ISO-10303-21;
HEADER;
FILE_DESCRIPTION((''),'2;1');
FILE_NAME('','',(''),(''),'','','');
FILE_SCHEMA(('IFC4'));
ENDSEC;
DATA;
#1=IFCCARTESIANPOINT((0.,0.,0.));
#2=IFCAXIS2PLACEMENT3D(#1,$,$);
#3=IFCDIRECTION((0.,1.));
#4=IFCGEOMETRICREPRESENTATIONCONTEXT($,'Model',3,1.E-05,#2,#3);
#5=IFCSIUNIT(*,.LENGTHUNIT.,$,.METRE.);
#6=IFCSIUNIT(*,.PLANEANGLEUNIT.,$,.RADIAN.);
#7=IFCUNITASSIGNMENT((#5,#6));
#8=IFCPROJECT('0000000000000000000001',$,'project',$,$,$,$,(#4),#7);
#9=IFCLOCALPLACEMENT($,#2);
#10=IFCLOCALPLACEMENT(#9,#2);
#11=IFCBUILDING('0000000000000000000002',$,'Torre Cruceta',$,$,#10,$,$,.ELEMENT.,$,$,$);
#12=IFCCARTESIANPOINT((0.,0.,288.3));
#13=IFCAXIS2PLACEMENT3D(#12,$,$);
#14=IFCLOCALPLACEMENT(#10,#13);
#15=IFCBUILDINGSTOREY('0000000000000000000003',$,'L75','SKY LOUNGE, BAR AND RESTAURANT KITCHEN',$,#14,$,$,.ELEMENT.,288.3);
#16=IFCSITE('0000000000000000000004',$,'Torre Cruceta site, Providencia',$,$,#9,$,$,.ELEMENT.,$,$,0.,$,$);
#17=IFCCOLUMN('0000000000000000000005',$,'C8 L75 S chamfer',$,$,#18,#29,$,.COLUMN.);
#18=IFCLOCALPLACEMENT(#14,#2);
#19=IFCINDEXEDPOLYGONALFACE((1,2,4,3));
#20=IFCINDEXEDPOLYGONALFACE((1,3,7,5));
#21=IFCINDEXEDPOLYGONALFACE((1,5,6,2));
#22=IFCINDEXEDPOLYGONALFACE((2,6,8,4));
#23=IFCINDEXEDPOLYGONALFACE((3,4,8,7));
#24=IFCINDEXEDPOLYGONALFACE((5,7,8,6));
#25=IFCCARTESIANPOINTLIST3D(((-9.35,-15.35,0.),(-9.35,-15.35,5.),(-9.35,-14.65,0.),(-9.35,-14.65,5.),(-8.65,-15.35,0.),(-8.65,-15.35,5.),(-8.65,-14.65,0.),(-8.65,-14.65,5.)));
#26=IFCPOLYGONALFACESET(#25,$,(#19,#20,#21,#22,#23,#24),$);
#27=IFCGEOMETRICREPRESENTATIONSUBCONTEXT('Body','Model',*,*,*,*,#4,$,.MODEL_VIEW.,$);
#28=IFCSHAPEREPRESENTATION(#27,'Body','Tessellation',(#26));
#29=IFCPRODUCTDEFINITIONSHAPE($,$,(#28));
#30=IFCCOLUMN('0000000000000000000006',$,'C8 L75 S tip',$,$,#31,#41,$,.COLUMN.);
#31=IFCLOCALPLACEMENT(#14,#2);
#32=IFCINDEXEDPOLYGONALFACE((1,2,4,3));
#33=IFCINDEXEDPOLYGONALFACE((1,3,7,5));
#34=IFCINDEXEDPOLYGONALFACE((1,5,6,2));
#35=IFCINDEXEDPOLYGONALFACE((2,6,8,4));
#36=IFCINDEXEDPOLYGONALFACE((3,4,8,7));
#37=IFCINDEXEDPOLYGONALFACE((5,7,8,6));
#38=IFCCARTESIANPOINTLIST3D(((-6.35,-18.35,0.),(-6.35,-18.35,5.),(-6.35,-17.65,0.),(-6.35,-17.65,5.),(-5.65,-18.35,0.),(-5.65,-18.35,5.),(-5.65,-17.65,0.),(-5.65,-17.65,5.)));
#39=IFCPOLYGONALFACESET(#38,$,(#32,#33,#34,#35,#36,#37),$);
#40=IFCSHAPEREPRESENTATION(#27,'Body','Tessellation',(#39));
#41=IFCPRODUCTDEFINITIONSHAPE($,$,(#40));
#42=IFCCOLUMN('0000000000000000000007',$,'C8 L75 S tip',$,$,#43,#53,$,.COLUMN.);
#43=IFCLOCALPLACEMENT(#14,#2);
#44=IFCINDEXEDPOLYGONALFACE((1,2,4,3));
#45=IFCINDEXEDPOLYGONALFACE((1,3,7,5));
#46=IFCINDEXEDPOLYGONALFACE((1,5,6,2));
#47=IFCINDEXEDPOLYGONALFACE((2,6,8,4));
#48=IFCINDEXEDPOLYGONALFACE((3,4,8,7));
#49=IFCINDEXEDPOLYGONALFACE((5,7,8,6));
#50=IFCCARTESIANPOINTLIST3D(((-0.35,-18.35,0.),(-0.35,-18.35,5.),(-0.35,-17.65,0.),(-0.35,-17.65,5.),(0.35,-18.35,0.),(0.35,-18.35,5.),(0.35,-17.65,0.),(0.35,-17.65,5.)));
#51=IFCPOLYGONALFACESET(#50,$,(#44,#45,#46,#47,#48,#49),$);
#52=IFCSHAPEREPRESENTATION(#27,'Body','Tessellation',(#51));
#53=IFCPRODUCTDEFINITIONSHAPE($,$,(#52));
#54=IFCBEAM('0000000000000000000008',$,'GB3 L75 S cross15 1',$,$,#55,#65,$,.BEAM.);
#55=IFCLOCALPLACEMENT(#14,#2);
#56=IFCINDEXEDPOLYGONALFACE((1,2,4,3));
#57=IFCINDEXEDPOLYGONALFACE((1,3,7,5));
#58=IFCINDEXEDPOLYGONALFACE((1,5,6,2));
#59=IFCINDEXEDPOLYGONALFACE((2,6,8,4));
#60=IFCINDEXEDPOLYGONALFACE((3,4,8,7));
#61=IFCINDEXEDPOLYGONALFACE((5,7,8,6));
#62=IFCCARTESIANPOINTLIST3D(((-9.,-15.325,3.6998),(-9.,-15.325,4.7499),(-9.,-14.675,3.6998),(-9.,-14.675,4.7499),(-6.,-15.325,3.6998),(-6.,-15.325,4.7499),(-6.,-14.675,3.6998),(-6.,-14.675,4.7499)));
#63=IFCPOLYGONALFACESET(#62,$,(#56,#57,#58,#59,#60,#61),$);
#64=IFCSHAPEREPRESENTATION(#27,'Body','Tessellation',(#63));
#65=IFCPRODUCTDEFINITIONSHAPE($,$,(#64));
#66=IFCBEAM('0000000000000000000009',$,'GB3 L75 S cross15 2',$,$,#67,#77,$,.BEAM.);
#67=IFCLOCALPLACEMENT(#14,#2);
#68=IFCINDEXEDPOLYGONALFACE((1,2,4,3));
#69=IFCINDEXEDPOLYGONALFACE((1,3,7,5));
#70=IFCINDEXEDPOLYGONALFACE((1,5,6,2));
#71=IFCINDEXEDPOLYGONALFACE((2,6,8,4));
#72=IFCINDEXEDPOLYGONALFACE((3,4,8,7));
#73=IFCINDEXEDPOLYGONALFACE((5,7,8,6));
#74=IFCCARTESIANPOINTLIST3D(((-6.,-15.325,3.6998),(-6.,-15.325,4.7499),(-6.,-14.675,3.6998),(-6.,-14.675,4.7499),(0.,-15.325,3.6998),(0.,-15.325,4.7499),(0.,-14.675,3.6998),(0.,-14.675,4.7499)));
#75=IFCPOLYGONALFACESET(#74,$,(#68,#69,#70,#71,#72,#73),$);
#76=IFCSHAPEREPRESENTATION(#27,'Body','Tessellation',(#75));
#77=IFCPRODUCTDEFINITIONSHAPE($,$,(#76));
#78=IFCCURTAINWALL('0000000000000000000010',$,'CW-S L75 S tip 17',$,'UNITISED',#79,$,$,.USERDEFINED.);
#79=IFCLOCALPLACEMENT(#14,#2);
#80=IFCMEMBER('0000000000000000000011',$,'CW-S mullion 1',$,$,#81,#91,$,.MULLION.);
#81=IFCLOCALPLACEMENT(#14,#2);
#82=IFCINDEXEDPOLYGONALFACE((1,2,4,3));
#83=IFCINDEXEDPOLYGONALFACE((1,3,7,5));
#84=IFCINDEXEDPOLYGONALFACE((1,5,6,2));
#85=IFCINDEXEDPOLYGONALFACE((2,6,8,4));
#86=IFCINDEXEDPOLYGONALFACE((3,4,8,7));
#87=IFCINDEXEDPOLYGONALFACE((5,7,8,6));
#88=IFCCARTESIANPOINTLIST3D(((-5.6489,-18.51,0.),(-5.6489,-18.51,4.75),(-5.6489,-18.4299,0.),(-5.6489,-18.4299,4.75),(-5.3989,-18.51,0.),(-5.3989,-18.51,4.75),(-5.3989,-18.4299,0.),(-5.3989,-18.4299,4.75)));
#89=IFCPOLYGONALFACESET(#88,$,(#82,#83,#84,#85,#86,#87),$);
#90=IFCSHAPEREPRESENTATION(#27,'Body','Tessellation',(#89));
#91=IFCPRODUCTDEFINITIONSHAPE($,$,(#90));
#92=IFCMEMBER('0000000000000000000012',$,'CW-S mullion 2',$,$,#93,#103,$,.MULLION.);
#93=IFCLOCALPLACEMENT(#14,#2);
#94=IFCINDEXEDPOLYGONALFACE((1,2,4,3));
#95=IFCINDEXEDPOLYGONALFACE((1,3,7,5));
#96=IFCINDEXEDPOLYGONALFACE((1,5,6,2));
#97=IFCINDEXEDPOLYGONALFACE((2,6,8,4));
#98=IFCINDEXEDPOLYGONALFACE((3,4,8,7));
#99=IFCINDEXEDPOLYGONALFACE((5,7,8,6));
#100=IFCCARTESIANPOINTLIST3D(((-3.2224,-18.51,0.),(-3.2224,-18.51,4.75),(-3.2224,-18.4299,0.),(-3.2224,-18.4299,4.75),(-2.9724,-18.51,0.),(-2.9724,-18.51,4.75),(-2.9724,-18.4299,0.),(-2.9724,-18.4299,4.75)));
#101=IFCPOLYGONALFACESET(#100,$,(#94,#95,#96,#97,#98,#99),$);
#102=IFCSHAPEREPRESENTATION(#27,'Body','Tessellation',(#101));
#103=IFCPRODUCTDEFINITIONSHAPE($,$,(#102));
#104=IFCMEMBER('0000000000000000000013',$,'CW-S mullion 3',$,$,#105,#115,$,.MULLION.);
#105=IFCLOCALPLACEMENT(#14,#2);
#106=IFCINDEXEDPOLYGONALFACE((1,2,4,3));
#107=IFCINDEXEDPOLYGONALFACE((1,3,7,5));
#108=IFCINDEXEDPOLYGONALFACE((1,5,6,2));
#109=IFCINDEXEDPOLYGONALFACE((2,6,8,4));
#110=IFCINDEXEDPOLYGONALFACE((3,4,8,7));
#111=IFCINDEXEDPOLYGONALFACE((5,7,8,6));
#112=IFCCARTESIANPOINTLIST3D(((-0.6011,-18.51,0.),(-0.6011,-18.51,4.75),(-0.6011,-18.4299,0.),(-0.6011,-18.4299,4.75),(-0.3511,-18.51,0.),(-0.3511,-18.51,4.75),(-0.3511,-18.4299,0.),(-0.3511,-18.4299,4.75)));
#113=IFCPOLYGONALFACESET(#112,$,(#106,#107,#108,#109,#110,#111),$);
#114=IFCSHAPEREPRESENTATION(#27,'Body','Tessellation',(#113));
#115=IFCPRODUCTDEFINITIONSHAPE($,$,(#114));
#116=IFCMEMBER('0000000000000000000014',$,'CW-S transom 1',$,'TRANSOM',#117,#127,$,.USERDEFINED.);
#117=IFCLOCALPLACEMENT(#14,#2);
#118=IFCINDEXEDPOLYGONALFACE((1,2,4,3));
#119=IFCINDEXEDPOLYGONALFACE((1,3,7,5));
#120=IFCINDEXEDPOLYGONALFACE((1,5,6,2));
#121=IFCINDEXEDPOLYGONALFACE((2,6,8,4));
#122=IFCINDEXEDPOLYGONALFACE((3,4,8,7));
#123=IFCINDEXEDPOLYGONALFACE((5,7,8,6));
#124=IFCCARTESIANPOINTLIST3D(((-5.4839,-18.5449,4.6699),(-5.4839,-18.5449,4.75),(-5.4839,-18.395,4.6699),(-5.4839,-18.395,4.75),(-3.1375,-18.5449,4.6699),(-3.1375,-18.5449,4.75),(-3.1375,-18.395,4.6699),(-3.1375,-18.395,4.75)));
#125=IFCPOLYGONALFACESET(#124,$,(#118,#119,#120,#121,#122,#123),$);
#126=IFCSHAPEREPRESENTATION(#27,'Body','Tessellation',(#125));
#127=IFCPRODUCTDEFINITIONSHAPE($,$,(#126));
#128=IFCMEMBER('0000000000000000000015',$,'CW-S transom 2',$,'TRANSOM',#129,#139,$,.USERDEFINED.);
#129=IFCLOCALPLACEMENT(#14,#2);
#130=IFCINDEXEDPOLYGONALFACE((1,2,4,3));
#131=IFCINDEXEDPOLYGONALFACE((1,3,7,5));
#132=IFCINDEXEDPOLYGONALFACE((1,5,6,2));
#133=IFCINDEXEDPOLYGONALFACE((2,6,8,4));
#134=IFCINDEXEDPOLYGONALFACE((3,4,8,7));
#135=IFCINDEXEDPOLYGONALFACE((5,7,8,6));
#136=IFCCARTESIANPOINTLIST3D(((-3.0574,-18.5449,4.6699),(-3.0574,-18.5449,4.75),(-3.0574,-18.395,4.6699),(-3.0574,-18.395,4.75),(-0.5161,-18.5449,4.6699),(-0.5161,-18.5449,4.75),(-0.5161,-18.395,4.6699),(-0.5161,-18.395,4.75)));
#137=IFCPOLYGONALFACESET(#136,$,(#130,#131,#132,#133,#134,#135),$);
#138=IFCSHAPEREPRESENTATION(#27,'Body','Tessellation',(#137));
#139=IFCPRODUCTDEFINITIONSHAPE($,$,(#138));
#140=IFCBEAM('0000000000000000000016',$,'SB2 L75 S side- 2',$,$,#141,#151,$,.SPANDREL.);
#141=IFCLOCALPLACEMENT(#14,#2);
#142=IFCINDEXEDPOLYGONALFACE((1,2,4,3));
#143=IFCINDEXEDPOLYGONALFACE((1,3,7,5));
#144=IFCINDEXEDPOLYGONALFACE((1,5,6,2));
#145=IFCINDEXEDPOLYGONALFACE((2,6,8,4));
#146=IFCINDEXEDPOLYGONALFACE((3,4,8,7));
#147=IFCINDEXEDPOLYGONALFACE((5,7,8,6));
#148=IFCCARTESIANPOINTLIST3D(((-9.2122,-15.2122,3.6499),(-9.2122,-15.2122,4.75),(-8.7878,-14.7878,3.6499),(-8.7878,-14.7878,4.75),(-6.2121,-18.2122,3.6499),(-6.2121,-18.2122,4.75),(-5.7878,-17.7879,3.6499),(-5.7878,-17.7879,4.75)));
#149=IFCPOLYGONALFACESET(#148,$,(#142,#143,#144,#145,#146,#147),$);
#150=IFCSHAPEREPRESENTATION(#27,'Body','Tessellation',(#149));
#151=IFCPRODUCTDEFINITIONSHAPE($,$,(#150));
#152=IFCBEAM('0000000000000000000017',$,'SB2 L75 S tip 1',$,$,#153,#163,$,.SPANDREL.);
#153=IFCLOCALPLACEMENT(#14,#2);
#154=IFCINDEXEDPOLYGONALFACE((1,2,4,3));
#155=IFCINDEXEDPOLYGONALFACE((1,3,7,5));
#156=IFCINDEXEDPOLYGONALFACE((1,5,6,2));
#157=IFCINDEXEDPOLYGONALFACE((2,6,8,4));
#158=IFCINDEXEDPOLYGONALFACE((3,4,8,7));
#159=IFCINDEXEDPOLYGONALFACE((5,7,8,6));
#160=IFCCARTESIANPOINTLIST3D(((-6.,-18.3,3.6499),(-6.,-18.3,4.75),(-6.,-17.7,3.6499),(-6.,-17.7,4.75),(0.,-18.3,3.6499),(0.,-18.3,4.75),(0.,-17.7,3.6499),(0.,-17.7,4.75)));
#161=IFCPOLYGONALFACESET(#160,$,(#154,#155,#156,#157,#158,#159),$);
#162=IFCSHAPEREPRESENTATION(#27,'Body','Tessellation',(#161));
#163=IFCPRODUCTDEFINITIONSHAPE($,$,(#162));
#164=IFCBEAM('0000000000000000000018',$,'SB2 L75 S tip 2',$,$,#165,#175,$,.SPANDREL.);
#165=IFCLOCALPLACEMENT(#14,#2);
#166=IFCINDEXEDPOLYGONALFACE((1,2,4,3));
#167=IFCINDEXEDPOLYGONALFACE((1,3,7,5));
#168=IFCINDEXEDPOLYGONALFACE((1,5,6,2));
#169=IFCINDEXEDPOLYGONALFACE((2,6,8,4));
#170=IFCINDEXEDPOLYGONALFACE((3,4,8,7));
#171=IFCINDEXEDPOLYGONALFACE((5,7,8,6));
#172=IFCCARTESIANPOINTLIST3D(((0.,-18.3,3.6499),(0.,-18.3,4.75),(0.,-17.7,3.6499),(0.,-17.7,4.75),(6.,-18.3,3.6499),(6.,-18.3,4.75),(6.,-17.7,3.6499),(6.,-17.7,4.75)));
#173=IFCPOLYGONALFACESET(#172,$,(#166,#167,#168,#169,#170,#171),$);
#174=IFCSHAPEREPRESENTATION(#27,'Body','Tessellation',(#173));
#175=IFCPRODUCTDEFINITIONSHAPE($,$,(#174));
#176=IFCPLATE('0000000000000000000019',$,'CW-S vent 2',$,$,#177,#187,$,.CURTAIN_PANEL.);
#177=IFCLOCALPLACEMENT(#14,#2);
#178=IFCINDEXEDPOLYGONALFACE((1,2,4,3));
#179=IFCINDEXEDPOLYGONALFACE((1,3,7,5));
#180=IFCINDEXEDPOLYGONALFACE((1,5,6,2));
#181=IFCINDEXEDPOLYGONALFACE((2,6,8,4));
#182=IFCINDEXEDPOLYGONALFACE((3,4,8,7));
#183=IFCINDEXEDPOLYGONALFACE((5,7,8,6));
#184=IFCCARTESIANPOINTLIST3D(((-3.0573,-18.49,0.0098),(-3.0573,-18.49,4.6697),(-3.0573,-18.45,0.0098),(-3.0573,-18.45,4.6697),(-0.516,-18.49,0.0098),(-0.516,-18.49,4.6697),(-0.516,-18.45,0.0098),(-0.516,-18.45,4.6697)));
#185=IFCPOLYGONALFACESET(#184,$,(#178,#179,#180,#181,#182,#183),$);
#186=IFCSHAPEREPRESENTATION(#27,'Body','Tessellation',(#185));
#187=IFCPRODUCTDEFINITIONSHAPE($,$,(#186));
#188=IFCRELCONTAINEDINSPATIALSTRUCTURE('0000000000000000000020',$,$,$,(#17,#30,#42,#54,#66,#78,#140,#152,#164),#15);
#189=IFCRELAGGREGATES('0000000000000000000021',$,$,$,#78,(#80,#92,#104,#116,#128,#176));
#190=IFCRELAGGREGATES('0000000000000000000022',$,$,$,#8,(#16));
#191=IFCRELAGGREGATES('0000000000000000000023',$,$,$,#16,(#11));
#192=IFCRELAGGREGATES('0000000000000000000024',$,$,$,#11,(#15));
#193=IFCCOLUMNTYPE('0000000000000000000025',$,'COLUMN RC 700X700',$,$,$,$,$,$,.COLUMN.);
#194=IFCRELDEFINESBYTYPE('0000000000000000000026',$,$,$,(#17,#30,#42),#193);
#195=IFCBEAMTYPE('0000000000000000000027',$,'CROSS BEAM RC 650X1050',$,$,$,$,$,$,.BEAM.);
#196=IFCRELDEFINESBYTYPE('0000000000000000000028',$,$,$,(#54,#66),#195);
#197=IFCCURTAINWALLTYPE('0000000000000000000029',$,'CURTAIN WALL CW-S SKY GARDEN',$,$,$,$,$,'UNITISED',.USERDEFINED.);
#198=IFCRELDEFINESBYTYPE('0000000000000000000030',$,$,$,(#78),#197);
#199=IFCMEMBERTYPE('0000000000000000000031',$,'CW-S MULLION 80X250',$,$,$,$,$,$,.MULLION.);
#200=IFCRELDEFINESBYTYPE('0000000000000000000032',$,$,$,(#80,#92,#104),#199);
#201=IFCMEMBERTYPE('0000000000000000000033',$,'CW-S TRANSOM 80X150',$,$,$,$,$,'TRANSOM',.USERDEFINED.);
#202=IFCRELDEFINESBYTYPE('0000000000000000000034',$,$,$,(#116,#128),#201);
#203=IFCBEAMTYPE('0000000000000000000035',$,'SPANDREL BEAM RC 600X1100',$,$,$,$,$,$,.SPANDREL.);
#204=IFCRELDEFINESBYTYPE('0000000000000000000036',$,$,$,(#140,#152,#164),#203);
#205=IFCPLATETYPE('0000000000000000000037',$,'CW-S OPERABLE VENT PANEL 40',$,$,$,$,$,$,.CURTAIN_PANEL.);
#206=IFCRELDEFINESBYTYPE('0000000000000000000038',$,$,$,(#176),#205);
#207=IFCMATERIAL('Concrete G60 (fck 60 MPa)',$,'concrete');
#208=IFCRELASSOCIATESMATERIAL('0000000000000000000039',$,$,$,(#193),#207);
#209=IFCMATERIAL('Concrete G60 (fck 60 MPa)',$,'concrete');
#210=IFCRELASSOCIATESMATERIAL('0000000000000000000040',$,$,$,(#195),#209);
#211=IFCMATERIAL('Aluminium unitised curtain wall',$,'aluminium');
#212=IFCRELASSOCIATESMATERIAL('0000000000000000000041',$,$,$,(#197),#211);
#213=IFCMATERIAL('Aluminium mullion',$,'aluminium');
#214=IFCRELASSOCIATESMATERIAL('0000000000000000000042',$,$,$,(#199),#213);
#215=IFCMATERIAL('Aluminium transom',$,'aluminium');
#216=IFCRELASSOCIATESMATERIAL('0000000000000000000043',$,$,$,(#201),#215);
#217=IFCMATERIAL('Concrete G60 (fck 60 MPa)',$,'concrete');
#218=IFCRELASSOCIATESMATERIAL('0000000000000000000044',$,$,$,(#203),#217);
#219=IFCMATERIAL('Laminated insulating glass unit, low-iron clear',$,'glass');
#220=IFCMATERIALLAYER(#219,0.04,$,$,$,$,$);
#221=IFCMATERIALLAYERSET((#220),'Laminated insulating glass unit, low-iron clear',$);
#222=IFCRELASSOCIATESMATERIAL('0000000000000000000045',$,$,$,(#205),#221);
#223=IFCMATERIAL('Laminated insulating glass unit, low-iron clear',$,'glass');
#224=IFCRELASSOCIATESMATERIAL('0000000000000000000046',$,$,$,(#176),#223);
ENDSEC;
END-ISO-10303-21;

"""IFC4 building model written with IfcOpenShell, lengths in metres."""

from ifc_helpers import new_model, si_unit, direction, frame, origin, origin_2d, place, context, subcontext, project, spatial, rectangle, extrude, material, layer, layer_set, material_profile, profile_set, type_object, element, aggregate, save


model = new_model("IFC4")

# Units and contexts
model_context = context("Model", 3, precision=1e-05, world=origin(), true_north=direction((0.0, 1.0)))
body_context = subcontext(model_context, "Body", "Model", "MODEL_VIEW")
ifc_project = project(units=[si_unit("LENGTHUNIT", "METRE"), si_unit("PLANEANGLEUNIT", "RADIAN")], contexts=[model_context])

# Site, building, storey
site_placement = place(None, origin())
site = spatial("IfcSite", under=ifc_project, at=site_placement, Name="Torre Cruceta site, Providencia", CompositionType="ELEMENT", RefElevation=0.0)
building_placement = place(site_placement, origin())
building = spatial("IfcBuilding", under=site, at=building_placement, Name="Torre Cruceta", CompositionType="ELEMENT")
storey_placement = place(building_placement, frame((0.0, 0.0, 288.3)))
storey = spatial("IfcBuildingStorey", under=building, at=storey_placement, Name="L75", Description="SKY LOUNGE, BAR AND RESTAURANT KITCHEN", CompositionType="ELEMENT", Elevation=288.3)

# Columns
ifc_material_1 = material(Name="Concrete G60 (fck 60 MPa)", Category="concrete")
ifc_material_profile_1 = material_profile(ifc_material_1, rectangle(XDim=0.7, YDim=0.7, at=origin_2d()), Name="RC 700X700")
ifc_profile_set_1 = profile_set([ifc_material_profile_1], Name="Concrete G60 (fck 60 MPa)")
column_type = type_object("IfcColumnType", Name="COLUMN RC 700X700", PredefinedType="COLUMN", material=ifc_profile_set_1)
for number, where, z_axis, x_axis, name in (
    (1, (-9.0, -15.0, 0.0), (0.0, 0.0, 1.0), (1.0, 0.0, 0.0), "C8 L75 S chamfer"),
    (2, (-6.0, -18.0, 0.0), (0.0, 0.0, 1.0), (1.0, 0.0, 0.0), "C8 L75 S tip"),
    (3, (0.0, -18.0, 0.0), (0.0, 0.0, 1.0), (1.0, 0.0, 0.0), "C8 L75 S tip"),
):
    element("IfcColumn", number, at=place(storey_placement, frame(where, z_axis=z_axis, x_axis=x_axis)), inside=storey, type_object=column_type, Name=name, PredefinedType="COLUMN", context=body_context, shape_type="SweptSolid", body=[
        extrude(rectangle(XDim=0.7, YDim=0.7, at=origin_2d()), origin(), (0.0, 0.0, 1.0), 5.0),
    ])

# Beams
ifc_material_2 = material(Name="Concrete G60 (fck 60 MPa)", Category="concrete")
ifc_material_profile_2 = material_profile(ifc_material_2, rectangle(XDim=0.6499, YDim=1.05, at=origin_2d()), Name="RC 650X1050")
ifc_profile_set_2 = profile_set([ifc_material_profile_2], Name="Concrete G60 (fck 60 MPa)")
beam_type_1 = type_object("IfcBeamType", Name="CROSS BEAM RC 650X1050", PredefinedType="BEAM", material=ifc_profile_set_2)
beam_1_placement = place(storey_placement, frame((-9.0, -15.0, 4.2249), z_axis=(1.0, 0.0, 0.0), x_axis=(0.0, 1.0, 0.0)))
element("IfcBeam", 4, at=beam_1_placement, inside=storey, type_object=beam_type_1, Name="GB3 L75 S cross15 1", PredefinedType="BEAM", context=body_context, shape_type="SweptSolid", body=[
    extrude(rectangle(XDim=0.6499, YDim=1.05, at=origin_2d()), origin(), (0.0, 0.0, 1.0), 3.0),
])
beam_2_placement = place(storey_placement, frame((-6.0, -15.0, 4.2249), z_axis=(1.0, 0.0, 0.0), x_axis=(0.0, 1.0, 0.0)))
element("IfcBeam", 5, at=beam_2_placement, inside=storey, type_object=beam_type_1, Name="GB3 L75 S cross15 2", PredefinedType="BEAM", context=body_context, shape_type="SweptSolid", body=[
    extrude(rectangle(XDim=0.6499, YDim=1.05, at=origin_2d()), origin(), (0.0, 0.0, 1.0), 6.0),
])

# Curtain wall, members
ifc_material_3 = material(Name="Aluminium unitised curtain wall", Category="aluminium")
curtain_wall_type = type_object("IfcCurtainWallType", Name="CURTAIN WALL CW-S SKY GARDEN", ElementType="UNITISED", PredefinedType="USERDEFINED", material=ifc_material_3)
curtain_wall_placement = place(storey_placement, origin())
curtain_wall = element("IfcCurtainWall", 6, at=curtain_wall_placement, inside=storey, type_object=curtain_wall_type, Name="CW-S L75 S tip 17", ObjectType="UNITISED", PredefinedType="USERDEFINED")
ifc_material_4 = material(Name="Aluminium mullion", Category="aluminium")
ifc_material_profile_3 = material_profile(ifc_material_4, rectangle(XDim=0.0801, YDim=0.25, at=origin_2d()), Name="AL 80X250")
ifc_profile_set_3 = profile_set([ifc_material_profile_3], Name="Aluminium mullion")
member_type_1 = type_object("IfcMemberType", Name="CW-S MULLION 80X250", PredefinedType="MULLION", material=ifc_profile_set_3)
member_1_placement = place(storey_placement, frame((-5.5239, -18.47, 0.0), z_axis=(0.0, 0.0, 1.0), x_axis=(0.0, 1.0, 0.0)))
member_1 = element("IfcMember", 7, at=member_1_placement, type_object=member_type_1, Name="CW-S mullion 1", PredefinedType="MULLION", context=body_context, shape_type="SweptSolid", body=[
    extrude(rectangle(XDim=0.0801, YDim=0.25, at=origin_2d()), origin(), (0.0, 0.0, 1.0), 4.75),
])
member_2_placement = place(storey_placement, frame((-3.0974, -18.47, 0.0), z_axis=(0.0, 0.0, 1.0), x_axis=(0.0, 1.0, 0.0)))
member_2 = element("IfcMember", 8, at=member_2_placement, type_object=member_type_1, Name="CW-S mullion 2", PredefinedType="MULLION", context=body_context, shape_type="SweptSolid", body=[
    extrude(rectangle(XDim=0.0801, YDim=0.25, at=origin_2d()), origin(), (0.0, 0.0, 1.0), 4.75),
])
member_3_placement = place(storey_placement, frame((-0.4761, -18.47, 0.0), z_axis=(0.0, 0.0, 1.0), x_axis=(0.0, 1.0, 0.0)))
member_3 = element("IfcMember", 9, at=member_3_placement, type_object=member_type_1, Name="CW-S mullion 3", PredefinedType="MULLION", context=body_context, shape_type="SweptSolid", body=[
    extrude(rectangle(XDim=0.0801, YDim=0.25, at=origin_2d()), origin(), (0.0, 0.0, 1.0), 4.75),
])
ifc_material_5 = material(Name="Aluminium transom", Category="aluminium")
ifc_material_profile_4 = material_profile(ifc_material_5, rectangle(XDim=0.1499, YDim=0.0801, at=origin_2d()), Name="AL 150X80")
ifc_profile_set_4 = profile_set([ifc_material_profile_4], Name="Aluminium transom")
member_type_2 = type_object("IfcMemberType", Name="CW-S TRANSOM 80X150", ElementType="TRANSOM", PredefinedType="USERDEFINED", material=ifc_profile_set_4)
member_4_placement = place(storey_placement, frame((-5.4839, -18.47, 4.71), z_axis=(1.0, 0.0, 0.0), x_axis=(0.0, 1.0, 0.0)))
member_4 = element("IfcMember", 10, at=member_4_placement, type_object=member_type_2, Name="CW-S transom 1", ObjectType="TRANSOM", PredefinedType="USERDEFINED", context=body_context, shape_type="SweptSolid", body=[
    extrude(rectangle(XDim=0.1499, YDim=0.0801, at=origin_2d()), origin(), (0.0, 0.0, 1.0), 2.3464),
])
member_5_placement = place(storey_placement, frame((-3.0574, -18.47, 4.71), z_axis=(1.0, 0.0, 0.0), x_axis=(0.0, 1.0, 0.0)))
member_5 = element("IfcMember", 11, at=member_5_placement, type_object=member_type_2, Name="CW-S transom 2", ObjectType="TRANSOM", PredefinedType="USERDEFINED", context=body_context, shape_type="SweptSolid", body=[
    extrude(rectangle(XDim=0.1499, YDim=0.0801, at=origin_2d()), origin(), (0.0, 0.0, 1.0), 2.5413),
])

# Beams
ifc_material_6 = material(Name="Concrete G60 (fck 60 MPa)", Category="concrete")
ifc_material_profile_5 = material_profile(ifc_material_6, rectangle(XDim=0.6001, YDim=1.1001, at=origin_2d()), Name="RC 600X1100")
ifc_profile_set_5 = profile_set([ifc_material_profile_5], Name="Concrete G60 (fck 60 MPa)")
beam_type_2 = type_object("IfcBeamType", Name="SPANDREL BEAM RC 600X1100", PredefinedType="SPANDREL", material=ifc_profile_set_5)
beam_3_placement = place(storey_placement, frame((-9.0, -15.0, 4.2), z_axis=(0.707107, -0.707107, 0.0), x_axis=(0.707107, 0.707107, 0.0)))
element("IfcBeam", 12, at=beam_3_placement, inside=storey, type_object=beam_type_2, Name="SB2 L75 S side- 2", PredefinedType="SPANDREL", context=body_context, shape_type="SweptSolid", body=[
    extrude(rectangle(XDim=0.6001, YDim=1.1001, at=origin_2d()), origin(), (0.0, 0.0, 1.0), 4.2427),
])
for number, where, z_axis, x_axis, name in (
    (13, (-6.0, -18.0, 4.2), (1.0, 0.0, 0.0), (0.0, 1.0, 0.0), "SB2 L75 S tip 1"),
    (14, (0.0, -18.0, 4.2), (1.0, 0.0, 0.0), (0.0, 1.0, 0.0), "SB2 L75 S tip 2"),
):
    element("IfcBeam", number, at=place(storey_placement, frame(where, z_axis=z_axis, x_axis=x_axis)), inside=storey, type_object=beam_type_2, Name=name, PredefinedType="SPANDREL", context=body_context, shape_type="SweptSolid", body=[
        extrude(rectangle(XDim=0.6001, YDim=1.1001, at=origin_2d()), origin(), (0.0, 0.0, 1.0), 6.0),
    ])

# Plate
ifc_material_7 = material(Name="Laminated insulating glass unit, low-iron clear", Category="glass")
ifc_material_8 = material(Name="Laminated insulating glass unit, low-iron clear", Category="glass")
ifc_layer_1 = layer(ifc_material_8, 0.04)
ifc_layer_set_1 = layer_set([ifc_layer_1], Name="Laminated insulating glass unit, low-iron clear")
plate_type_1 = type_object("IfcPlateType", Name="CW-S OPERABLE VENT PANEL 40", PredefinedType="CURTAIN_PANEL", material=ifc_layer_set_1)
plate_1_placement = place(storey_placement, frame((-1.7866, -18.47, 0.0098), z_axis=(0.0, 0.0, 1.0), x_axis=(1.0, 0.0, 0.0)))
plate_1 = element("IfcPlate", 15, at=plate_1_placement, type_object=plate_type_1, material=ifc_material_7, Name="CW-S vent 2", PredefinedType="CURTAIN_PANEL", context=body_context, shape_type="SweptSolid", body=[
    extrude(rectangle(XDim=2.5413, YDim=0.04, at=origin_2d()), origin(), (0.0, 0.0, 1.0), 4.6599),
])
aggregate(curtain_wall, [member_1, member_2, member_3, member_4, member_5, plate_1])

save(model, "model.ifc")
